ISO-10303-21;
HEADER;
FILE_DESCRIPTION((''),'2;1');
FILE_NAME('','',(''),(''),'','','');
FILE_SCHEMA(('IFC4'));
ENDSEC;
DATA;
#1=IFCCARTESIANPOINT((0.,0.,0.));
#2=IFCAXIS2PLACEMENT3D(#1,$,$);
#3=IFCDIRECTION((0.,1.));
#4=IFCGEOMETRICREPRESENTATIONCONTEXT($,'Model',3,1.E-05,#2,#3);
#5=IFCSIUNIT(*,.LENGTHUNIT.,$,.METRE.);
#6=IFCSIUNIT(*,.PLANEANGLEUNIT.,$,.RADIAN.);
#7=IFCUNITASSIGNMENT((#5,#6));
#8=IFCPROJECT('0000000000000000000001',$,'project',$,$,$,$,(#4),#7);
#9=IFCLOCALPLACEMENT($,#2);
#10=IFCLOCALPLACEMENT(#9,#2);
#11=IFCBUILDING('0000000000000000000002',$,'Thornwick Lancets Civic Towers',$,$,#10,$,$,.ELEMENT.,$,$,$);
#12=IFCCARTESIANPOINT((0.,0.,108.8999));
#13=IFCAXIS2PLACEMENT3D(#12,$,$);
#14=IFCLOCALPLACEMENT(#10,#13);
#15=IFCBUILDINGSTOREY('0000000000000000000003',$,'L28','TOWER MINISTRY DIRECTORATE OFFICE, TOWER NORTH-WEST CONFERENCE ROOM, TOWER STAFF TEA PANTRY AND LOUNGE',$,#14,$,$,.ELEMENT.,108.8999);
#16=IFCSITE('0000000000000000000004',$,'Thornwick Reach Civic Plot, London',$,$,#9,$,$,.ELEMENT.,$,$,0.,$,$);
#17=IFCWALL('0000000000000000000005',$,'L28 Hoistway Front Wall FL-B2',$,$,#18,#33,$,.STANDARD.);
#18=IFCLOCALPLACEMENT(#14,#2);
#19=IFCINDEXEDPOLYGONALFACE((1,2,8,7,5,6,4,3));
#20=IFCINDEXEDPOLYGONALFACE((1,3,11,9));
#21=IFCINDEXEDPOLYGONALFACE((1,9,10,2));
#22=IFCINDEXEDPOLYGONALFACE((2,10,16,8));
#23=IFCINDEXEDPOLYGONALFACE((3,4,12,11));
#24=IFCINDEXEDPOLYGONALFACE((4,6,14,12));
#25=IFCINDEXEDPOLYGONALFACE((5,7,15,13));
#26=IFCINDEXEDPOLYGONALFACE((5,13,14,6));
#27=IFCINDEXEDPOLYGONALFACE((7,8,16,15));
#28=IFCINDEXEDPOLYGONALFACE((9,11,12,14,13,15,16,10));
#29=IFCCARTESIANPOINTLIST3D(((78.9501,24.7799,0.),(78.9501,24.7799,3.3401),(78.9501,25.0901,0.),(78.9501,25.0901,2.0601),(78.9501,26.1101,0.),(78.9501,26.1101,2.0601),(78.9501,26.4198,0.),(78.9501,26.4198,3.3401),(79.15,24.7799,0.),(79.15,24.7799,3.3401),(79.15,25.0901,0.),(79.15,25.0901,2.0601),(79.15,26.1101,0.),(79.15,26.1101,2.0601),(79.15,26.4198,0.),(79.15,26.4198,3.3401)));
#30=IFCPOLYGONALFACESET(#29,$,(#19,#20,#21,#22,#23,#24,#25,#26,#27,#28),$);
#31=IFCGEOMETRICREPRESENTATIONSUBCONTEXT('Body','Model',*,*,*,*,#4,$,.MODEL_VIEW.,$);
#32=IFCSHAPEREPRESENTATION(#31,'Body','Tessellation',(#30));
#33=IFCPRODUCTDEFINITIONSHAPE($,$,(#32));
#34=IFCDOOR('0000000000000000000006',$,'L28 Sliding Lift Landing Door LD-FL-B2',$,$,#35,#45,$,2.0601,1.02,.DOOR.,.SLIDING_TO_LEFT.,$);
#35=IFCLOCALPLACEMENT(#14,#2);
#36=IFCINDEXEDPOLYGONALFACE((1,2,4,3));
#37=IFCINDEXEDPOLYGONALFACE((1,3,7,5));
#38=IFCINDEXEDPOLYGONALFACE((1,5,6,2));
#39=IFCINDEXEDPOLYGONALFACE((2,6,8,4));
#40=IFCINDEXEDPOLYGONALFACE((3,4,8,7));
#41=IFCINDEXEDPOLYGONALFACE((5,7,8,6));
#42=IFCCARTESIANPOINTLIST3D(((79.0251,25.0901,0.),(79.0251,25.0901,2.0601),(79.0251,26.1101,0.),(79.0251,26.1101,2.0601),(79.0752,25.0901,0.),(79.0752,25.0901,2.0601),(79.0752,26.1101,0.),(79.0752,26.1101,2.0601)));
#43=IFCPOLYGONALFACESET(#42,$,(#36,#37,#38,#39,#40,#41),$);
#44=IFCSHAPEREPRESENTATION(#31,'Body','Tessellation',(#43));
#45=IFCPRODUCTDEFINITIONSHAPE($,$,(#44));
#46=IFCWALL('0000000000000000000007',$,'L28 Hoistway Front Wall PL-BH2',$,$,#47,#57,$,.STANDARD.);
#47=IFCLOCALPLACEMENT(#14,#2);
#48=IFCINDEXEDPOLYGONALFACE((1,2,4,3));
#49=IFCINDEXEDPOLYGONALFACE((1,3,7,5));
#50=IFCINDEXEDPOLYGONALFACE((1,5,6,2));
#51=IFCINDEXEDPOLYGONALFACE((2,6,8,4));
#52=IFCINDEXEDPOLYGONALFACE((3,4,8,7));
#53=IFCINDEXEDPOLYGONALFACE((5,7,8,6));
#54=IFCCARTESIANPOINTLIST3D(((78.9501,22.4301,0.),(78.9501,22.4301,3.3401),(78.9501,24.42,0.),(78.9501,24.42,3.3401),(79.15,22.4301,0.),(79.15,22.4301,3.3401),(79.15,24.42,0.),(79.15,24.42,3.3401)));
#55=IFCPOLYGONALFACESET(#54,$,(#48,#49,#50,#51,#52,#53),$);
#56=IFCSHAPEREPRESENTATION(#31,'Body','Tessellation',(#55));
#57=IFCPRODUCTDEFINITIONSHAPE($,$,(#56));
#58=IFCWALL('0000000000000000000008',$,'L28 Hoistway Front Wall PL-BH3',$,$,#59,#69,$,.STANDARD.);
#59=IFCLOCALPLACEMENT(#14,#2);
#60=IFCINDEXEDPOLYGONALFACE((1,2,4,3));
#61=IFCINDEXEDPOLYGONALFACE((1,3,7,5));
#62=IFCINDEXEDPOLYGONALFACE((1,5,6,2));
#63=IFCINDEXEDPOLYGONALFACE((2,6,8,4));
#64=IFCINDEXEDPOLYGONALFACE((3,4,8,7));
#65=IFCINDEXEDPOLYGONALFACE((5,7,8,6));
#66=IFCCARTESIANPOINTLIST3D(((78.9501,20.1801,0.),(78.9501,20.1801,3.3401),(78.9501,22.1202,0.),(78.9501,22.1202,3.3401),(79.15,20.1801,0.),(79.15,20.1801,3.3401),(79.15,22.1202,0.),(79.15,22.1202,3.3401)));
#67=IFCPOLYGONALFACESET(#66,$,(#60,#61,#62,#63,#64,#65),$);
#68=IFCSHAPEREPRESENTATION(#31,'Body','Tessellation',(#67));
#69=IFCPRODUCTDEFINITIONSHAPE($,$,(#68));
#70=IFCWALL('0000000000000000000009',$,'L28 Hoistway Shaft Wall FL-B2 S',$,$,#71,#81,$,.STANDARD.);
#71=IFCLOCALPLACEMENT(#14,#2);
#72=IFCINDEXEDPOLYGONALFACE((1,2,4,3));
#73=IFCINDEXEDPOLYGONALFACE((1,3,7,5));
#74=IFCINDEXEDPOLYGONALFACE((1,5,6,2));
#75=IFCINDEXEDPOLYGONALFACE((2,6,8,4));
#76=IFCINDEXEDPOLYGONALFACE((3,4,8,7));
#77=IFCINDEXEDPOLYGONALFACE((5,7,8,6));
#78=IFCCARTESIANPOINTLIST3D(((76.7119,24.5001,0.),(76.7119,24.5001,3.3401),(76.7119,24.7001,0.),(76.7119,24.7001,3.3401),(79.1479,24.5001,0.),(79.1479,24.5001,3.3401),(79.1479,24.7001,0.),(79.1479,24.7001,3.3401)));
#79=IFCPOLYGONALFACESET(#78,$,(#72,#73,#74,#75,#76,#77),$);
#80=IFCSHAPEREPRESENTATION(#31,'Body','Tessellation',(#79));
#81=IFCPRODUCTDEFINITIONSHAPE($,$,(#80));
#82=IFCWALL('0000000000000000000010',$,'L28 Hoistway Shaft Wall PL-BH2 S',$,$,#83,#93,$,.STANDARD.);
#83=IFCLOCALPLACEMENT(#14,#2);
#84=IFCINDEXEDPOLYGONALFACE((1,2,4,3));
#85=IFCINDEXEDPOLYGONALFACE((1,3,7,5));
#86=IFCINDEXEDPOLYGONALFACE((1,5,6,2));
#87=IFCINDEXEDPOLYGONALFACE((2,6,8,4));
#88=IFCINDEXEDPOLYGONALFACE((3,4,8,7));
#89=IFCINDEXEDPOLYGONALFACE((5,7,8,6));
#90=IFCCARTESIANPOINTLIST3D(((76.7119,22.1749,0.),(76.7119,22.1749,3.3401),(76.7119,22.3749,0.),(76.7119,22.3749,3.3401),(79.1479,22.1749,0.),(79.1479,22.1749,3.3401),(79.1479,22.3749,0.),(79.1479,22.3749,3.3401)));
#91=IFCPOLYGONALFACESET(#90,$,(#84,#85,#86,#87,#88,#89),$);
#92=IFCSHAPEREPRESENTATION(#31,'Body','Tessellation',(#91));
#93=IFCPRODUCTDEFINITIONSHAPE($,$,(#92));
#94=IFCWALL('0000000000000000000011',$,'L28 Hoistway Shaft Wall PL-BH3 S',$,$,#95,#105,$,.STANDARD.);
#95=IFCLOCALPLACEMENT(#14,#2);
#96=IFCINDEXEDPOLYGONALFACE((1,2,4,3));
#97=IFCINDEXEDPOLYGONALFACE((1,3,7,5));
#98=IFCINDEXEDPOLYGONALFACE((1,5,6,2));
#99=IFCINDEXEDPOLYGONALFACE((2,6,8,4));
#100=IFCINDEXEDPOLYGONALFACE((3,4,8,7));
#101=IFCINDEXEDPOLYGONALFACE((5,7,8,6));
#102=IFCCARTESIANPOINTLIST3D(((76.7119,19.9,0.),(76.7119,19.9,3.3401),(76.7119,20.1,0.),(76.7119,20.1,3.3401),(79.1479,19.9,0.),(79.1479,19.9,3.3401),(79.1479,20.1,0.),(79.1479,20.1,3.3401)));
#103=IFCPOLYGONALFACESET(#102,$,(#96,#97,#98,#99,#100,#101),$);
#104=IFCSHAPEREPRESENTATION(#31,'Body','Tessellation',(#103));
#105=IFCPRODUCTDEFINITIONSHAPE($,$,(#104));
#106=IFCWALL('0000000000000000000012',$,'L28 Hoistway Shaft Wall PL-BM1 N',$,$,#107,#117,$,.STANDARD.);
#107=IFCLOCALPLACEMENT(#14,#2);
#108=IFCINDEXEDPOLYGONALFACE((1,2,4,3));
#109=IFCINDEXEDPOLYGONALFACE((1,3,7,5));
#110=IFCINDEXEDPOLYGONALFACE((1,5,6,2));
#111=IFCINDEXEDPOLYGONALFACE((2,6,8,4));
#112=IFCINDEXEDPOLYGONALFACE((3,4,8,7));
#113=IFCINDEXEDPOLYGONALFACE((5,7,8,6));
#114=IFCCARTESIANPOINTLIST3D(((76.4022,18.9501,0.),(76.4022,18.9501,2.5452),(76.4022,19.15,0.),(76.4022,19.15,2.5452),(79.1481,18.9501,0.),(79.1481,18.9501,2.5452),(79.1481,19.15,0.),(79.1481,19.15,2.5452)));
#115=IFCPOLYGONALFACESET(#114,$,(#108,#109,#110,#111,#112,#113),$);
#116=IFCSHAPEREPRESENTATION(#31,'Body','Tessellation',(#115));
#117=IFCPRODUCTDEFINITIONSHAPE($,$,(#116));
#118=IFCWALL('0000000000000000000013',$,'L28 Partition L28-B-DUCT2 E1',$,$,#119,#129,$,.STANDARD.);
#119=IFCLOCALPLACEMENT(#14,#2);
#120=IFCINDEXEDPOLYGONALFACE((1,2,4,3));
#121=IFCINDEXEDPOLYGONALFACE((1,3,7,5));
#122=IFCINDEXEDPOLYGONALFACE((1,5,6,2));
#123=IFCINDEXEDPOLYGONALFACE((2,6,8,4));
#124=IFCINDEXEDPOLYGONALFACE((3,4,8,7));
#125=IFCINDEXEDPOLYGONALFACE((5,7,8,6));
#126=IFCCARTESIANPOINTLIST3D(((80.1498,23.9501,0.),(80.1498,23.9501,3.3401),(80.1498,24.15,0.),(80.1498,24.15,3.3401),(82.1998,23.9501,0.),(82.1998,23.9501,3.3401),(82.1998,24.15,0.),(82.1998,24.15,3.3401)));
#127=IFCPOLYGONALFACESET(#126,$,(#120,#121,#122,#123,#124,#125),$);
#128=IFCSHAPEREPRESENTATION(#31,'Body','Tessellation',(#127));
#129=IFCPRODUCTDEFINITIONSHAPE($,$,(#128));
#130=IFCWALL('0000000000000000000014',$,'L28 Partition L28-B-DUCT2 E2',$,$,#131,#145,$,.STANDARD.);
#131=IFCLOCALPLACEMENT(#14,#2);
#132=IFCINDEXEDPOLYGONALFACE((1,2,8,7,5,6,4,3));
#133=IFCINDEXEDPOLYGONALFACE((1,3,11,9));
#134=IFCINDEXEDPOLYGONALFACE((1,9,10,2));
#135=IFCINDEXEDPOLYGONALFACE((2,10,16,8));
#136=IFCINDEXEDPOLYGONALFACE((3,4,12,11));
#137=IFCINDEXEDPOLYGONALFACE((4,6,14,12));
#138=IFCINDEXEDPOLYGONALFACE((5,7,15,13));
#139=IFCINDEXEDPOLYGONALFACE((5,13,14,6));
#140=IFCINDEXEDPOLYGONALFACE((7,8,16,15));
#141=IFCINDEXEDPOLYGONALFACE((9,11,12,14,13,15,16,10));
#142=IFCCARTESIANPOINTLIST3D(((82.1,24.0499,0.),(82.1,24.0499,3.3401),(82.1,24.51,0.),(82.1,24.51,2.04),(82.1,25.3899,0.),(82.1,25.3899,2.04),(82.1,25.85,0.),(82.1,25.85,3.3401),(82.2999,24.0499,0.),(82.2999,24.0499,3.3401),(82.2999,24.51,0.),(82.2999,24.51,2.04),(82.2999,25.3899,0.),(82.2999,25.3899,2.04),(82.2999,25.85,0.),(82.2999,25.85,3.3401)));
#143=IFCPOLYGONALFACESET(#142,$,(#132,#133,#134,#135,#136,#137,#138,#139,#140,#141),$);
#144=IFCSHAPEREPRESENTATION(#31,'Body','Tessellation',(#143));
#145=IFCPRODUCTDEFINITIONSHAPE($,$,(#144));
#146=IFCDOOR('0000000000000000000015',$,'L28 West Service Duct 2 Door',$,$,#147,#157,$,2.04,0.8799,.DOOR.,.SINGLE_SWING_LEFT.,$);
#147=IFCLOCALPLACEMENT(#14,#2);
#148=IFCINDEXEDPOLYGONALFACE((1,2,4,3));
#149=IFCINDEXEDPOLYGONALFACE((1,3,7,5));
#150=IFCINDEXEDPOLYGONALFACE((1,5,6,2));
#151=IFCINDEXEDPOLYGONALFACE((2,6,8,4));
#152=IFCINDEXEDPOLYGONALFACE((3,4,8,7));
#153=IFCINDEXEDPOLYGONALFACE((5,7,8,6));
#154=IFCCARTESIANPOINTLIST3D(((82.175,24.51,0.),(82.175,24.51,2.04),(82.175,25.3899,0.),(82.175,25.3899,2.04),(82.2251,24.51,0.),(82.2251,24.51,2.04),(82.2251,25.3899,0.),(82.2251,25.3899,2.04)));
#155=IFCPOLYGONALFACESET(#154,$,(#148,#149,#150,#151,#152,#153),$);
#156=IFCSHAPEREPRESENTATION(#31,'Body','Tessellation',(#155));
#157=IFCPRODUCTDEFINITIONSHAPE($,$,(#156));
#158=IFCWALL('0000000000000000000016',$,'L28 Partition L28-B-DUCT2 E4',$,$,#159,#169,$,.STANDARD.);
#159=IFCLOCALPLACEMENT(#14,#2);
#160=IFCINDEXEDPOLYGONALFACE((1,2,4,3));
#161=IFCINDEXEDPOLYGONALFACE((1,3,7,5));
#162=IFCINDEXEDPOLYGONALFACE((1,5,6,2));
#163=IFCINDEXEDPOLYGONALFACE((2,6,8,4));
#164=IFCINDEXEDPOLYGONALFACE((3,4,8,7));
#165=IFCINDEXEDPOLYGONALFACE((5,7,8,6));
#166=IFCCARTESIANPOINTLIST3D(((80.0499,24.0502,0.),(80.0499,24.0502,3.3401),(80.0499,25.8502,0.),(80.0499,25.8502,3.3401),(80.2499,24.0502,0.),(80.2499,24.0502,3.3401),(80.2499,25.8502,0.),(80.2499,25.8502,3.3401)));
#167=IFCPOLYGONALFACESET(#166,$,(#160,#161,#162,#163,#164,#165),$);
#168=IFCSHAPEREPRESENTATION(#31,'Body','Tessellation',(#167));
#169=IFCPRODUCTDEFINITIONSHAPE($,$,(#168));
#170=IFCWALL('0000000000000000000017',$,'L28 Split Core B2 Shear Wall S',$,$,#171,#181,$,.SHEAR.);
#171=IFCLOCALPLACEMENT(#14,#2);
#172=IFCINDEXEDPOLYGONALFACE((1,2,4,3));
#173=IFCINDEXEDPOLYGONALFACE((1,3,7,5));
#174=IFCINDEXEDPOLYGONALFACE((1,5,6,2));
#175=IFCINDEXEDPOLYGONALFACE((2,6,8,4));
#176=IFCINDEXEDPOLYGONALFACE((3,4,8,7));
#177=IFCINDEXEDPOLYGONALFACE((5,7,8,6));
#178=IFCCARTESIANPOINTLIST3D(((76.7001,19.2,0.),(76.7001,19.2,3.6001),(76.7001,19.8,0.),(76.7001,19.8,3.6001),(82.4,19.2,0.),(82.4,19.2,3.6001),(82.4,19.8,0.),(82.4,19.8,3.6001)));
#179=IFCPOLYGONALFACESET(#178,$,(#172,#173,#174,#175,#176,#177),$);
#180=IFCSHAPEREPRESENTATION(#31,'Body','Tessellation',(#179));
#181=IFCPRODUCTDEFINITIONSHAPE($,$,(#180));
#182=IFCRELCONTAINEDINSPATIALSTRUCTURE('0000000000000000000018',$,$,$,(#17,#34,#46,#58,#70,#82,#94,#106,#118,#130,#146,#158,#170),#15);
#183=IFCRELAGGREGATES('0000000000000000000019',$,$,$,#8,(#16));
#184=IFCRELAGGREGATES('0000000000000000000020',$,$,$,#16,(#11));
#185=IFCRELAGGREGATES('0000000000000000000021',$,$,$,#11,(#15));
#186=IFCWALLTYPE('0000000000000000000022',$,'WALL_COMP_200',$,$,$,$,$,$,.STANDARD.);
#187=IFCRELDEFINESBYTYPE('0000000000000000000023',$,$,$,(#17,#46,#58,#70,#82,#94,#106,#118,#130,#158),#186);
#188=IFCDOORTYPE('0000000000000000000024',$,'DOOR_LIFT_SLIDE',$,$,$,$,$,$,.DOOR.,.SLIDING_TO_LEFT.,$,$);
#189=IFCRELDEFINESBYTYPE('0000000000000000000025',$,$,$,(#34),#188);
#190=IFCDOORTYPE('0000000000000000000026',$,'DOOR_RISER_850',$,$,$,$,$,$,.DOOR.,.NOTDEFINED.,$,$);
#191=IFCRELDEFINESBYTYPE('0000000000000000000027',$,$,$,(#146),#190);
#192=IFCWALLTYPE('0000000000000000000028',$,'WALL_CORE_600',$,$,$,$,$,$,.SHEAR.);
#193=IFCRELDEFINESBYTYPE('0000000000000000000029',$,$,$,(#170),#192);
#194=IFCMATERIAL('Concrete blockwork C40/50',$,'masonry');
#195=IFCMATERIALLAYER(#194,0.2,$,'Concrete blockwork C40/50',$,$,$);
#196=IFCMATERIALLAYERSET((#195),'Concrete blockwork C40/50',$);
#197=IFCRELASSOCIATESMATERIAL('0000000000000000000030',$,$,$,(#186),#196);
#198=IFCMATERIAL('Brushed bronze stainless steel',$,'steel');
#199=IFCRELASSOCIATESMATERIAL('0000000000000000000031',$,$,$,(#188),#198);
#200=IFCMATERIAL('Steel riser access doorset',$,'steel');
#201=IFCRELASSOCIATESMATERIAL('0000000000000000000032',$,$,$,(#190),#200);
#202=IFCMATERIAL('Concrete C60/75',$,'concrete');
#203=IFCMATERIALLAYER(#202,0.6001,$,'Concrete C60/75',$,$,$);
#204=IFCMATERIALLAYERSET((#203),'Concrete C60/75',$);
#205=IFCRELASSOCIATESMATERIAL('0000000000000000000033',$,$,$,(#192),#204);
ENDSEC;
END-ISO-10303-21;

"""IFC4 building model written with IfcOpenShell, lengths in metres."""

from ifc_helpers import new_model, si_unit, direction, frame, frame_2d, origin, place, context, subcontext, project, spatial, rectangle, extrude, material, layer, layer_set, type_object, element, fill, save


model = new_model("IFC4")

# Units and contexts
model_context = context("Model", 3, precision=1e-05, world=origin(), true_north=direction((0.0, 1.0)))
body_context = subcontext(model_context, "Body", "Model", "MODEL_VIEW")
ifc_project = project(units=[si_unit("LENGTHUNIT", "METRE"), si_unit("PLANEANGLEUNIT", "RADIAN")], contexts=[model_context])

# Site, building, storey
site_placement = place(None, origin())
site = spatial("IfcSite", under=ifc_project, at=site_placement, Name="Thornwick Reach Civic Plot, London", CompositionType="ELEMENT", RefElevation=0.0)
building_placement = place(site_placement, origin())
building = spatial("IfcBuilding", under=site, at=building_placement, Name="Thornwick Lancets Civic Towers", CompositionType="ELEMENT")
storey_placement = place(building_placement, frame((0.0, 0.0, 108.8999)))
storey = spatial("IfcBuildingStorey", under=building, at=storey_placement, Name="L28", Description="TOWER MINISTRY DIRECTORATE OFFICE, TOWER NORTH-WEST CONFERENCE ROOM, TOWER STAFF TEA PANTRY AND LOUNGE", CompositionType="ELEMENT", Elevation=108.8999)

# Wall, opening, door
ifc_material_1 = material(Name="Concrete blockwork C40/50", Category="masonry")
ifc_layer_1 = layer(ifc_material_1, 0.2, Name="Concrete blockwork C40/50")
ifc_layer_set_1 = layer_set([ifc_layer_1], Name="Concrete blockwork C40/50")
wall_type_1 = type_object("IfcWallType", Name="WALL_COMP_200", PredefinedType="STANDARD", material=ifc_layer_set_1)
wall_1_placement = place(storey_placement, frame((79.05, 24.78, 0.0), z_axis=(0.0, 0.0, 1.0), x_axis=(0.0, 1.0, 0.0)))
wall_1 = element("IfcWall", 1, at=wall_1_placement, inside=storey, type_object=wall_type_1, Name="L28 Hoistway Front Wall FL-B2", PredefinedType="STANDARD", context=body_context, shape_type="SweptSolid", body=[
    extrude(rectangle(XDim=1.6399, YDim=0.2, at=frame_2d((0.8198, 0.0))), origin(), (0.0, 0.0, 1.0), 3.3401),
])
opening_1_placement = place(wall_1_placement, frame((0.3101, 0.0, 0.0)))
opening_1 = element("IfcOpeningElement", 2, at=opening_1_placement, cuts=wall_1, PredefinedType="OPENING", context=body_context, shape_type="SweptSolid", body=[
    extrude(rectangle(XDim=1.02, YDim=2.0601, at=frame_2d((0.51, 1.03))), frame((0.0, 0.1099, 0.0), z_axis=(0.0, -1.0, 0.0), x_axis=(1.0, 0.0, 0.0)), (0.0, 0.0, 1.0), 0.22),
])
ifc_material_2 = material(Name="Brushed bronze stainless steel", Category="steel")
door_type_1 = type_object("IfcDoorType", Name="DOOR_LIFT_SLIDE", OperationType="SLIDING_TO_LEFT", PredefinedType="DOOR", material=ifc_material_2)
door_1_placement = place(opening_1_placement, origin())
door_1 = element("IfcDoor", 3, at=door_1_placement, inside=storey, type_object=door_type_1, Name="L28 Sliding Lift Landing Door LD-FL-B2", OperationType="SLIDING_TO_LEFT", OverallHeight=2.0601, OverallWidth=1.02, PredefinedType="DOOR", context=body_context, shape_type="SweptSolid", body=[
    extrude(rectangle(XDim=1.02, YDim=2.0601, at=frame_2d((0.51, 1.03))), frame((0.0, 0.0249, 0.0), z_axis=(0.0, -1.0, 0.0), x_axis=(1.0, 0.0, 0.0)), (0.0, 0.0, 1.0), 0.05),
])
fill(opening_1, door_1)

# Walls
wall_2_placement = place(storey_placement, frame((79.05, 22.4299, 0.0), z_axis=(0.0, 0.0, 1.0), x_axis=(0.0, 1.0, 0.0)))
element("IfcWall", 4, at=wall_2_placement, inside=storey, type_object=wall_type_1, Name="L28 Hoistway Front Wall PL-BH2", PredefinedType="STANDARD", context=body_context, shape_type="SweptSolid", body=[
    extrude(rectangle(XDim=1.99, YDim=0.2, at=frame_2d((0.9951, 0.0))), origin(), (0.0, 0.0, 1.0), 3.3401),
])
wall_3_placement = place(storey_placement, frame((79.05, 20.1799, 0.0), z_axis=(0.0, 0.0, 1.0), x_axis=(0.0, 1.0, 0.0)))
element("IfcWall", 5, at=wall_3_placement, inside=storey, type_object=wall_type_1, Name="L28 Hoistway Front Wall PL-BH3", PredefinedType="STANDARD", context=body_context, shape_type="SweptSolid", body=[
    extrude(rectangle(XDim=1.9402, YDim=0.2, at=frame_2d((0.9702, 0.0))), origin(), (0.0, 0.0, 1.0), 3.3401),
])
for number, where, z_axis, x_axis, name in (
    (6, (76.7119, 24.6001, 0.0), (0.0, 0.0, 1.0), (1.0, 0.0, 0.0), "L28 Hoistway Shaft Wall FL-B2 S"),
    (7, (76.7119, 22.2749, 0.0), (0.0, 0.0, 1.0), (1.0, 0.0, 0.0), "L28 Hoistway Shaft Wall PL-BH2 S"),
    (8, (76.7119, 20.0, 0.0), (0.0, 0.0, 1.0), (1.0, 0.0, 0.0), "L28 Hoistway Shaft Wall PL-BH3 S"),
):
    element("IfcWall", number, at=place(storey_placement, frame(where, z_axis=z_axis, x_axis=x_axis)), inside=storey, type_object=wall_type_1, Name=name, PredefinedType="STANDARD", context=body_context, shape_type="SweptSolid", body=[
        extrude(rectangle(XDim=2.436, YDim=0.2, at=frame_2d((1.218, 0.0))), origin(), (0.0, 0.0, 1.0), 3.3401),
    ])
wall_4_placement = place(storey_placement, frame((76.4021, 19.05, 0.0), z_axis=(0.0, 0.0, 1.0), x_axis=(1.0, 0.0, 0.0)))
element("IfcWall", 9, at=wall_4_placement, inside=storey, type_object=wall_type_1, Name="L28 Hoistway Shaft Wall PL-BM1 N", PredefinedType="STANDARD", context=body_context, shape_type="SweptSolid", body=[
    extrude(rectangle(XDim=2.7458, YDim=0.2, at=frame_2d((1.373, 0.0))), origin(), (0.0, 0.0, 1.0), 2.5452),
])
wall_5_placement = place(storey_placement, frame((80.1499, 24.05, 0.0), z_axis=(0.0, 0.0, 1.0), x_axis=(1.0, 0.0, 0.0)))
element("IfcWall", 10, at=wall_5_placement, inside=storey, type_object=wall_type_1, Name="L28 Partition L28-B-DUCT2 E1", PredefinedType="STANDARD", context=body_context, shape_type="SweptSolid", body=[
    extrude(rectangle(XDim=2.05, YDim=0.2, at=frame_2d((1.0249, 0.0))), origin(), (0.0, 0.0, 1.0), 3.3401),
])

# Wall, opening, door
wall_6_placement = place(storey_placement, frame((82.2, 24.05, 0.0), z_axis=(0.0, 0.0, 1.0), x_axis=(0.0, 1.0, 0.0)))
wall_6 = element("IfcWall", 11, at=wall_6_placement, inside=storey, type_object=wall_type_1, Name="L28 Partition L28-B-DUCT2 E2", PredefinedType="STANDARD", context=body_context, shape_type="SweptSolid", body=[
    extrude(rectangle(XDim=1.8, YDim=0.2, at=frame_2d((0.8999, 0.0))), origin(), (0.0, 0.0, 1.0), 3.3401),
])
opening_2_placement = place(wall_6_placement, frame((0.46, 0.0, 0.0)))
opening_2 = element("IfcOpeningElement", 12, at=opening_2_placement, cuts=wall_6, PredefinedType="OPENING", context=body_context, shape_type="SweptSolid", body=[
    extrude(rectangle(XDim=0.8799, YDim=2.04, at=frame_2d((0.4399, 1.02))), frame((0.0, 0.1099, 0.0), z_axis=(0.0, -1.0, 0.0), x_axis=(1.0, 0.0, 0.0)), (0.0, 0.0, 1.0), 0.22),
])
ifc_material_3 = material(Name="Steel riser access doorset", Category="steel")
door_type_2 = type_object("IfcDoorType", Name="DOOR_RISER_850", OperationType="NOTDEFINED", PredefinedType="DOOR", material=ifc_material_3)
door_2_placement = place(opening_2_placement, origin())
door_2 = element("IfcDoor", 13, at=door_2_placement, inside=storey, type_object=door_type_2, Name="L28 West Service Duct 2 Door", OperationType="SINGLE_SWING_LEFT", OverallHeight=2.04, OverallWidth=0.8799, PredefinedType="DOOR", context=body_context, shape_type="SweptSolid", body=[
    extrude(rectangle(XDim=0.8799, YDim=2.04, at=frame_2d((0.4399, 1.02))), frame((0.0, 0.0249, 0.0), z_axis=(0.0, -1.0, 0.0), x_axis=(1.0, 0.0, 0.0)), (0.0, 0.0, 1.0), 0.05),
])
fill(opening_2, door_2)

# Walls
wall_7_placement = place(storey_placement, frame((80.1499, 25.8501, 0.0), z_axis=(0.0, 0.0, 1.0), x_axis=(0.0, -1.0, 0.0)))
element("IfcWall", 14, at=wall_7_placement, inside=storey, type_object=wall_type_1, Name="L28 Partition L28-B-DUCT2 E4", PredefinedType="STANDARD", context=body_context, shape_type="SweptSolid", body=[
    extrude(rectangle(XDim=1.8, YDim=0.2, at=frame_2d((0.8999, 0.0))), origin(), (0.0, 0.0, 1.0), 3.3401),
])
ifc_material_4 = material(Name="Concrete C60/75", Category="concrete")
ifc_layer_2 = layer(ifc_material_4, 0.6001, Name="Concrete C60/75")
ifc_layer_set_2 = layer_set([ifc_layer_2], Name="Concrete C60/75")
wall_type_2 = type_object("IfcWallType", Name="WALL_CORE_600", PredefinedType="SHEAR", material=ifc_layer_set_2)
wall_8_placement = place(storey_placement, frame((76.7, 19.5, 0.0), z_axis=(0.0, 0.0, 1.0), x_axis=(1.0, 0.0, 0.0)))
element("IfcWall", 15, at=wall_8_placement, inside=storey, type_object=wall_type_2, Name="L28 Split Core B2 Shear Wall S", PredefinedType="SHEAR", context=body_context, shape_type="SweptSolid", body=[
    extrude(rectangle(XDim=5.7, YDim=0.6001, at=frame_2d((2.8501, 0.0))), origin(), (0.0, 0.0, 1.0), 3.6001),
])

save(model, "model.ifc")
